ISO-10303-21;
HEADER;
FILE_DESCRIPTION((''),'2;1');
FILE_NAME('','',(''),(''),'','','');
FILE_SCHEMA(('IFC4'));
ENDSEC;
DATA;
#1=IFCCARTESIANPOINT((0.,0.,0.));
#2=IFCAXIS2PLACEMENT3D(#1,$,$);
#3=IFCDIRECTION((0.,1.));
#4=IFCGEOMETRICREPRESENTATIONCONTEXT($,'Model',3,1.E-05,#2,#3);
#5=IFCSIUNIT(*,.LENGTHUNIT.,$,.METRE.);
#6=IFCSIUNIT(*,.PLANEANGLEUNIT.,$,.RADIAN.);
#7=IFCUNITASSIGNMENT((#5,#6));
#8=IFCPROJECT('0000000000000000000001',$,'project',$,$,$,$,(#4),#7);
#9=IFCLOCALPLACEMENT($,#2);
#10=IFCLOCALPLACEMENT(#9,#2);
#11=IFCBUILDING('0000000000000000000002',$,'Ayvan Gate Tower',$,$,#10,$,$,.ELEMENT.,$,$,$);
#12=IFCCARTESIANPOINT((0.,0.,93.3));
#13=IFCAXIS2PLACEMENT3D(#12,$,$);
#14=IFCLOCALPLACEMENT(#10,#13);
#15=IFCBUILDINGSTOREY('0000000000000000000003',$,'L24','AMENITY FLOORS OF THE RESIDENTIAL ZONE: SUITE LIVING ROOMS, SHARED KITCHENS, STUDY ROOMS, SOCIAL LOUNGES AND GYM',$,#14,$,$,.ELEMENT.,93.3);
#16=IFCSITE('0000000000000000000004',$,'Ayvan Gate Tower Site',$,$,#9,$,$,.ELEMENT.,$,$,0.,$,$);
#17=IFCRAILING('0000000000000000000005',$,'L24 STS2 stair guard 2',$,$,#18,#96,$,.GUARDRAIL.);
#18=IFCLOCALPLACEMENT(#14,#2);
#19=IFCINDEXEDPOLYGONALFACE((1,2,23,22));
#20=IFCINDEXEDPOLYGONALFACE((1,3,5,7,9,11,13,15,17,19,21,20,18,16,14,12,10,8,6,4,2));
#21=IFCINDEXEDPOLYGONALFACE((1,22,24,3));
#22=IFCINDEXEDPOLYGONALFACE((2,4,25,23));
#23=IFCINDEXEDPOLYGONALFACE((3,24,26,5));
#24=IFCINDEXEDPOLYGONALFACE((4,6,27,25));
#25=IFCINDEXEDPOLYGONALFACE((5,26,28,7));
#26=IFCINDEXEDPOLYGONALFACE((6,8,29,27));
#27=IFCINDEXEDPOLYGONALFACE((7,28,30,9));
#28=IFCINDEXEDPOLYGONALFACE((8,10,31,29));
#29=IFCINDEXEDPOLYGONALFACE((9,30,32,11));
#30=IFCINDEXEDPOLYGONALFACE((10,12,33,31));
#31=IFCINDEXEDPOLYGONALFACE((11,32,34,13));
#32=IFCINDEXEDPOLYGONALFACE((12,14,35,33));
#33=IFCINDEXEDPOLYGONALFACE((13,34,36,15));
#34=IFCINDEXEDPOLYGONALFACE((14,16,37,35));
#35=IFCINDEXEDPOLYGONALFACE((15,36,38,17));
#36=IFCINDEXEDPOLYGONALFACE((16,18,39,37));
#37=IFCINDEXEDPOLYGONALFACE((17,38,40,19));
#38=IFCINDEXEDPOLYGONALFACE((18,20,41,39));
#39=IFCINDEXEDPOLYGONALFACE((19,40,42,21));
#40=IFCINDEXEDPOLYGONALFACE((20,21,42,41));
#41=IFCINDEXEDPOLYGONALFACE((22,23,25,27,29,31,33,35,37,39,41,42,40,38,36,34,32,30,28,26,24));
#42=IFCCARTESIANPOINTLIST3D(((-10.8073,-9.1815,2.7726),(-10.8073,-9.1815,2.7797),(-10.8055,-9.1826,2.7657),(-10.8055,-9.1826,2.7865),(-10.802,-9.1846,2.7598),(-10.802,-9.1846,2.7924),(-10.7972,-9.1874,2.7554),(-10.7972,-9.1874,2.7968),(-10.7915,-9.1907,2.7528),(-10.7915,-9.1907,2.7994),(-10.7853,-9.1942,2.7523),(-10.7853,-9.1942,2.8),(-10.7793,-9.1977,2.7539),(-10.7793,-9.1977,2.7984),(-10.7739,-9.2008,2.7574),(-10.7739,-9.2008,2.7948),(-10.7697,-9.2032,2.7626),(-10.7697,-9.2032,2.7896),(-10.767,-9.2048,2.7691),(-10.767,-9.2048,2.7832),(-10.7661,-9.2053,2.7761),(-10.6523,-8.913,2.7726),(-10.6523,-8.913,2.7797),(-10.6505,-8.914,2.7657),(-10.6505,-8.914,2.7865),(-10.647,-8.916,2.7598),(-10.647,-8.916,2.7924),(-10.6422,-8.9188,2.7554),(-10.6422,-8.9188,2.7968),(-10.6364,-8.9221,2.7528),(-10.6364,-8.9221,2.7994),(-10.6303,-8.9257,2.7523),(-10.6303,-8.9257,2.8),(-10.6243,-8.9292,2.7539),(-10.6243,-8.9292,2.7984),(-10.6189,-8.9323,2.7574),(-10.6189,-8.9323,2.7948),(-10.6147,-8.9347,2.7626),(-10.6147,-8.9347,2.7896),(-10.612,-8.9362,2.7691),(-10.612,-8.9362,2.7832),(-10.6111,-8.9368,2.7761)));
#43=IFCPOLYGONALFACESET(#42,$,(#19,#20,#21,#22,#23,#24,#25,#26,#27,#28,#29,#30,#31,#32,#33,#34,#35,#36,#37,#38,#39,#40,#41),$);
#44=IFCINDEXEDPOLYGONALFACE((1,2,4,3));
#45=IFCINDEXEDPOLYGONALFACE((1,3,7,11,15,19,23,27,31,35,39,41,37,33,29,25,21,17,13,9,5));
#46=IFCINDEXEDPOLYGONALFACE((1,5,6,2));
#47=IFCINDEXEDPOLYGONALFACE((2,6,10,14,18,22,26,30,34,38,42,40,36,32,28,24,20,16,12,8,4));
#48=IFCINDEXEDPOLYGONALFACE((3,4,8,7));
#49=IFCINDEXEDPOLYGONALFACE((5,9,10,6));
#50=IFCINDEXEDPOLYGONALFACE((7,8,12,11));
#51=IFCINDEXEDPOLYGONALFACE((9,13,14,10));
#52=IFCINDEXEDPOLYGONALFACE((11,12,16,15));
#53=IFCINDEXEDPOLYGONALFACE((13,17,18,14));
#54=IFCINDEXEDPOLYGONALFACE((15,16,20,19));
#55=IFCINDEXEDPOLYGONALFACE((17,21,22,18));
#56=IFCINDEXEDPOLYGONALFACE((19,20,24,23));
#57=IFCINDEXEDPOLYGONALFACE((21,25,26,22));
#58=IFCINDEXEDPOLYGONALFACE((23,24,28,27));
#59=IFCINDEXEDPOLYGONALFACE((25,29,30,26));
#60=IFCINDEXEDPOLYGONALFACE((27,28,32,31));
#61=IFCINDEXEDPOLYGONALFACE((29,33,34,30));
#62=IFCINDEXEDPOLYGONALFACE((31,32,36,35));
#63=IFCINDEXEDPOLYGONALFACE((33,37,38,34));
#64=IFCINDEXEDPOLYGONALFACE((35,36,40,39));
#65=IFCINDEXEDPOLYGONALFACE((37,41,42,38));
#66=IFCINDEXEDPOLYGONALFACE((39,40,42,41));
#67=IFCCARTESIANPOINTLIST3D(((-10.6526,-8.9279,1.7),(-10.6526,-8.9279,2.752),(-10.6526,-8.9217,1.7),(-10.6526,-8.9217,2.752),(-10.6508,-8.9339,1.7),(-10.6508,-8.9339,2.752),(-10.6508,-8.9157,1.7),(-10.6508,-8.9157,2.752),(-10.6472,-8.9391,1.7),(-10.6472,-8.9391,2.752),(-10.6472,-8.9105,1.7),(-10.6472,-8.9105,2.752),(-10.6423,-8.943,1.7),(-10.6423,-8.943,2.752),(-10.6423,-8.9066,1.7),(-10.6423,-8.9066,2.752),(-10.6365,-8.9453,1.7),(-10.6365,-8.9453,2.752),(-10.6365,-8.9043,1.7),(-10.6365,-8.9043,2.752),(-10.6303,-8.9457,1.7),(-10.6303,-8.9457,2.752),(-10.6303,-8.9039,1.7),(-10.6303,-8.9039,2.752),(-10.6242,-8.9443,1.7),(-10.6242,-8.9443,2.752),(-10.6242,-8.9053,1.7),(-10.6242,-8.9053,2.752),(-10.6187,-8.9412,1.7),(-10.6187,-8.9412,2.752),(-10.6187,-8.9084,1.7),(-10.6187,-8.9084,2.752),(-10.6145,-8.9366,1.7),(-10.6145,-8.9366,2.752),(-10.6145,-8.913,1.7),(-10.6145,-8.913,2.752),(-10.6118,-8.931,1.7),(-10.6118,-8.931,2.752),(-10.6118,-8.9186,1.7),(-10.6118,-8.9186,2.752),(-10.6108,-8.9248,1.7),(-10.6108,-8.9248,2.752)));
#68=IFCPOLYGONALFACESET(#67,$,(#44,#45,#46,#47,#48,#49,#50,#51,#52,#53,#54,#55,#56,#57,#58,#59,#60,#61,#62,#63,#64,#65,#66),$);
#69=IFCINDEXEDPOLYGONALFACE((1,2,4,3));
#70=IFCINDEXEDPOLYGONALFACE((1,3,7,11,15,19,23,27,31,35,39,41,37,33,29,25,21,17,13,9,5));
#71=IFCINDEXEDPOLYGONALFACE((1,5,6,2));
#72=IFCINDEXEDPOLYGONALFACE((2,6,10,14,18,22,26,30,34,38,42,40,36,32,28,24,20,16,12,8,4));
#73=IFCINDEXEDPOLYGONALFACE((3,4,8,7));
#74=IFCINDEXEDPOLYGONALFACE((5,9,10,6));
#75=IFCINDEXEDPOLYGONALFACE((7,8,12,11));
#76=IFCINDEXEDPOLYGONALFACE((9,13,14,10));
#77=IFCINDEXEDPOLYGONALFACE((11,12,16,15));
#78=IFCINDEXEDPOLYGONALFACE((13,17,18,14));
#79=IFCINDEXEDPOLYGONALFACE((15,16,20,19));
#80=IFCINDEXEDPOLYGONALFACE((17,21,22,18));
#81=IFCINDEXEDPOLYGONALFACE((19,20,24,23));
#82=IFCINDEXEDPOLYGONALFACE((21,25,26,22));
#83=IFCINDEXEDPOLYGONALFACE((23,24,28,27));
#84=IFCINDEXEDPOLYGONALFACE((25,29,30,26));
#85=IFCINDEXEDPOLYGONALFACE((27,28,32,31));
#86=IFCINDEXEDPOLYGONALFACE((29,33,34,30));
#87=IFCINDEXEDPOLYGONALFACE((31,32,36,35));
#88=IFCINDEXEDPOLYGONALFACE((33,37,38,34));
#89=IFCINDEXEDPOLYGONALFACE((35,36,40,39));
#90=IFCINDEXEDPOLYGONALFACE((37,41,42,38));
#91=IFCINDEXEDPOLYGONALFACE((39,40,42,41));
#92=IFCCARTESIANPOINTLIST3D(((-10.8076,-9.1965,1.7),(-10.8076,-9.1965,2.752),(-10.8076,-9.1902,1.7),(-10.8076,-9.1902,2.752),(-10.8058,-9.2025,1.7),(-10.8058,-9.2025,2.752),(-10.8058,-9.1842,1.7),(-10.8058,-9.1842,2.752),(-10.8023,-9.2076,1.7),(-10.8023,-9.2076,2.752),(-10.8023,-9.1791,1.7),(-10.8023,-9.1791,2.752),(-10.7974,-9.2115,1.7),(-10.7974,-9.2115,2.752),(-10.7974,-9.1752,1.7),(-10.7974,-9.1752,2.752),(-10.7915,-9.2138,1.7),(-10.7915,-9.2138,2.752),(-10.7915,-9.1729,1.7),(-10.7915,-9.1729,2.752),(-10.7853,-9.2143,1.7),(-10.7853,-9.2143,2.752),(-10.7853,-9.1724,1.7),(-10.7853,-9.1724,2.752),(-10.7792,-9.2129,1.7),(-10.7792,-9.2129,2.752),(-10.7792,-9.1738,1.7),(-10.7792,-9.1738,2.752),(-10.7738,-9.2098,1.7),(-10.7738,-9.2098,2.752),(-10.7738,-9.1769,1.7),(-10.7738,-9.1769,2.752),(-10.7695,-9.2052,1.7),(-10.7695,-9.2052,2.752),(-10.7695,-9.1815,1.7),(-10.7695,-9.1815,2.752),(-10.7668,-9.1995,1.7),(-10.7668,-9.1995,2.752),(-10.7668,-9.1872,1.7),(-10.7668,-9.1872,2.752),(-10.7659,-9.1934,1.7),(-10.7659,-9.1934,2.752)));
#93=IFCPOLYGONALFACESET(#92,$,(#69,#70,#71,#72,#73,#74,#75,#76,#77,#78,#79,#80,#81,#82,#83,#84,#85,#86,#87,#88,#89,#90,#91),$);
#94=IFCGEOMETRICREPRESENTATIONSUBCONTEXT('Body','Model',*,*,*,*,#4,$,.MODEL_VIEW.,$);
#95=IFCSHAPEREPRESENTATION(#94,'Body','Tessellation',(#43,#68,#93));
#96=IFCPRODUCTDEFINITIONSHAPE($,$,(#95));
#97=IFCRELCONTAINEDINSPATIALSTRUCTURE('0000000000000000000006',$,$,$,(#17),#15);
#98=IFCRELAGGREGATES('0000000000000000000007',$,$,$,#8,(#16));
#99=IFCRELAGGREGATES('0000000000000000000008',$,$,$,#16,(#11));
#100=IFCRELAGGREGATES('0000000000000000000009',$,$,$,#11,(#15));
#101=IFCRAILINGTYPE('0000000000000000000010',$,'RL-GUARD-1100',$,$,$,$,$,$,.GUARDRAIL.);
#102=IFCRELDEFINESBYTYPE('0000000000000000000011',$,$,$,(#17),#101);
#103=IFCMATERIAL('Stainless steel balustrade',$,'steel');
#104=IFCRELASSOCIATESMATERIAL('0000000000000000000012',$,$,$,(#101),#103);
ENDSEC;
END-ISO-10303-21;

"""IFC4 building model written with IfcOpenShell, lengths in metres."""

from ifc_helpers import new_model, si_unit, direction, frame, origin, origin_2d, place, context, subcontext, project, spatial, circle, extrude, material, type_object, element, save


model = new_model("IFC4")

# Units and contexts
model_context = context("Model", 3, precision=1e-05, world=origin(), true_north=direction((0.0, 1.0)))
body_context = subcontext(model_context, "Body", "Model", "MODEL_VIEW")
ifc_project = project(units=[si_unit("LENGTHUNIT", "METRE"), si_unit("PLANEANGLEUNIT", "RADIAN")], contexts=[model_context])

# Site, building, storey
site_placement = place(None, origin())
site = spatial("IfcSite", under=ifc_project, at=site_placement, Name="Ayvan Gate Tower Site", CompositionType="ELEMENT", RefElevation=0.0)
building_placement = place(site_placement, origin())
building = spatial("IfcBuilding", under=site, at=building_placement, Name="Ayvan Gate Tower", CompositionType="ELEMENT")
storey_placement = place(building_placement, frame((0.0, 0.0, 93.3)))
storey = spatial("IfcBuildingStorey", under=building, at=storey_placement, Name="L24", Description="AMENITY FLOORS OF THE RESIDENTIAL ZONE: SUITE LIVING ROOMS, SHARED KITCHENS, STUDY ROOMS, SOCIAL LOUNGES AND GYM", CompositionType="ELEMENT", Elevation=93.3)

# Railing
ifc_material_1 = material(Name="Stainless steel balustrade", Category="steel")
railing_type_1 = type_object("IfcRailingType", Name="RL-GUARD-1100", PredefinedType="GUARDRAIL", material=ifc_material_1)
railing_1_placement = place(storey_placement, frame((-10.6318, -8.9248, 1.7)))
element("IfcRailing", 1, at=railing_1_placement, inside=storey, type_object=railing_type_1, Name="L24 STS2 stair guard 2", PredefinedType="GUARDRAIL", context=body_context, shape_type="SweptSolid", body=[
    extrude(circle(Radius=0.0239, at=origin_2d()), frame((0.0, 0.0, 1.0762), z_axis=(-0.49995, -0.866054, 0.0), x_axis=(0.866054, -0.49995, 0.0)), (0.0, 0.0, 1.0), 0.3101),
    extrude(circle(Radius=0.021, at=origin_2d()), origin(), (0.0, 0.0, 1.0), 1.052),
    extrude(circle(Radius=0.021, at=origin_2d()), frame((-0.155, -0.2686, 0.0)), (0.0, 0.0, 1.0), 1.052),
])

save(model, "model.ifc")
